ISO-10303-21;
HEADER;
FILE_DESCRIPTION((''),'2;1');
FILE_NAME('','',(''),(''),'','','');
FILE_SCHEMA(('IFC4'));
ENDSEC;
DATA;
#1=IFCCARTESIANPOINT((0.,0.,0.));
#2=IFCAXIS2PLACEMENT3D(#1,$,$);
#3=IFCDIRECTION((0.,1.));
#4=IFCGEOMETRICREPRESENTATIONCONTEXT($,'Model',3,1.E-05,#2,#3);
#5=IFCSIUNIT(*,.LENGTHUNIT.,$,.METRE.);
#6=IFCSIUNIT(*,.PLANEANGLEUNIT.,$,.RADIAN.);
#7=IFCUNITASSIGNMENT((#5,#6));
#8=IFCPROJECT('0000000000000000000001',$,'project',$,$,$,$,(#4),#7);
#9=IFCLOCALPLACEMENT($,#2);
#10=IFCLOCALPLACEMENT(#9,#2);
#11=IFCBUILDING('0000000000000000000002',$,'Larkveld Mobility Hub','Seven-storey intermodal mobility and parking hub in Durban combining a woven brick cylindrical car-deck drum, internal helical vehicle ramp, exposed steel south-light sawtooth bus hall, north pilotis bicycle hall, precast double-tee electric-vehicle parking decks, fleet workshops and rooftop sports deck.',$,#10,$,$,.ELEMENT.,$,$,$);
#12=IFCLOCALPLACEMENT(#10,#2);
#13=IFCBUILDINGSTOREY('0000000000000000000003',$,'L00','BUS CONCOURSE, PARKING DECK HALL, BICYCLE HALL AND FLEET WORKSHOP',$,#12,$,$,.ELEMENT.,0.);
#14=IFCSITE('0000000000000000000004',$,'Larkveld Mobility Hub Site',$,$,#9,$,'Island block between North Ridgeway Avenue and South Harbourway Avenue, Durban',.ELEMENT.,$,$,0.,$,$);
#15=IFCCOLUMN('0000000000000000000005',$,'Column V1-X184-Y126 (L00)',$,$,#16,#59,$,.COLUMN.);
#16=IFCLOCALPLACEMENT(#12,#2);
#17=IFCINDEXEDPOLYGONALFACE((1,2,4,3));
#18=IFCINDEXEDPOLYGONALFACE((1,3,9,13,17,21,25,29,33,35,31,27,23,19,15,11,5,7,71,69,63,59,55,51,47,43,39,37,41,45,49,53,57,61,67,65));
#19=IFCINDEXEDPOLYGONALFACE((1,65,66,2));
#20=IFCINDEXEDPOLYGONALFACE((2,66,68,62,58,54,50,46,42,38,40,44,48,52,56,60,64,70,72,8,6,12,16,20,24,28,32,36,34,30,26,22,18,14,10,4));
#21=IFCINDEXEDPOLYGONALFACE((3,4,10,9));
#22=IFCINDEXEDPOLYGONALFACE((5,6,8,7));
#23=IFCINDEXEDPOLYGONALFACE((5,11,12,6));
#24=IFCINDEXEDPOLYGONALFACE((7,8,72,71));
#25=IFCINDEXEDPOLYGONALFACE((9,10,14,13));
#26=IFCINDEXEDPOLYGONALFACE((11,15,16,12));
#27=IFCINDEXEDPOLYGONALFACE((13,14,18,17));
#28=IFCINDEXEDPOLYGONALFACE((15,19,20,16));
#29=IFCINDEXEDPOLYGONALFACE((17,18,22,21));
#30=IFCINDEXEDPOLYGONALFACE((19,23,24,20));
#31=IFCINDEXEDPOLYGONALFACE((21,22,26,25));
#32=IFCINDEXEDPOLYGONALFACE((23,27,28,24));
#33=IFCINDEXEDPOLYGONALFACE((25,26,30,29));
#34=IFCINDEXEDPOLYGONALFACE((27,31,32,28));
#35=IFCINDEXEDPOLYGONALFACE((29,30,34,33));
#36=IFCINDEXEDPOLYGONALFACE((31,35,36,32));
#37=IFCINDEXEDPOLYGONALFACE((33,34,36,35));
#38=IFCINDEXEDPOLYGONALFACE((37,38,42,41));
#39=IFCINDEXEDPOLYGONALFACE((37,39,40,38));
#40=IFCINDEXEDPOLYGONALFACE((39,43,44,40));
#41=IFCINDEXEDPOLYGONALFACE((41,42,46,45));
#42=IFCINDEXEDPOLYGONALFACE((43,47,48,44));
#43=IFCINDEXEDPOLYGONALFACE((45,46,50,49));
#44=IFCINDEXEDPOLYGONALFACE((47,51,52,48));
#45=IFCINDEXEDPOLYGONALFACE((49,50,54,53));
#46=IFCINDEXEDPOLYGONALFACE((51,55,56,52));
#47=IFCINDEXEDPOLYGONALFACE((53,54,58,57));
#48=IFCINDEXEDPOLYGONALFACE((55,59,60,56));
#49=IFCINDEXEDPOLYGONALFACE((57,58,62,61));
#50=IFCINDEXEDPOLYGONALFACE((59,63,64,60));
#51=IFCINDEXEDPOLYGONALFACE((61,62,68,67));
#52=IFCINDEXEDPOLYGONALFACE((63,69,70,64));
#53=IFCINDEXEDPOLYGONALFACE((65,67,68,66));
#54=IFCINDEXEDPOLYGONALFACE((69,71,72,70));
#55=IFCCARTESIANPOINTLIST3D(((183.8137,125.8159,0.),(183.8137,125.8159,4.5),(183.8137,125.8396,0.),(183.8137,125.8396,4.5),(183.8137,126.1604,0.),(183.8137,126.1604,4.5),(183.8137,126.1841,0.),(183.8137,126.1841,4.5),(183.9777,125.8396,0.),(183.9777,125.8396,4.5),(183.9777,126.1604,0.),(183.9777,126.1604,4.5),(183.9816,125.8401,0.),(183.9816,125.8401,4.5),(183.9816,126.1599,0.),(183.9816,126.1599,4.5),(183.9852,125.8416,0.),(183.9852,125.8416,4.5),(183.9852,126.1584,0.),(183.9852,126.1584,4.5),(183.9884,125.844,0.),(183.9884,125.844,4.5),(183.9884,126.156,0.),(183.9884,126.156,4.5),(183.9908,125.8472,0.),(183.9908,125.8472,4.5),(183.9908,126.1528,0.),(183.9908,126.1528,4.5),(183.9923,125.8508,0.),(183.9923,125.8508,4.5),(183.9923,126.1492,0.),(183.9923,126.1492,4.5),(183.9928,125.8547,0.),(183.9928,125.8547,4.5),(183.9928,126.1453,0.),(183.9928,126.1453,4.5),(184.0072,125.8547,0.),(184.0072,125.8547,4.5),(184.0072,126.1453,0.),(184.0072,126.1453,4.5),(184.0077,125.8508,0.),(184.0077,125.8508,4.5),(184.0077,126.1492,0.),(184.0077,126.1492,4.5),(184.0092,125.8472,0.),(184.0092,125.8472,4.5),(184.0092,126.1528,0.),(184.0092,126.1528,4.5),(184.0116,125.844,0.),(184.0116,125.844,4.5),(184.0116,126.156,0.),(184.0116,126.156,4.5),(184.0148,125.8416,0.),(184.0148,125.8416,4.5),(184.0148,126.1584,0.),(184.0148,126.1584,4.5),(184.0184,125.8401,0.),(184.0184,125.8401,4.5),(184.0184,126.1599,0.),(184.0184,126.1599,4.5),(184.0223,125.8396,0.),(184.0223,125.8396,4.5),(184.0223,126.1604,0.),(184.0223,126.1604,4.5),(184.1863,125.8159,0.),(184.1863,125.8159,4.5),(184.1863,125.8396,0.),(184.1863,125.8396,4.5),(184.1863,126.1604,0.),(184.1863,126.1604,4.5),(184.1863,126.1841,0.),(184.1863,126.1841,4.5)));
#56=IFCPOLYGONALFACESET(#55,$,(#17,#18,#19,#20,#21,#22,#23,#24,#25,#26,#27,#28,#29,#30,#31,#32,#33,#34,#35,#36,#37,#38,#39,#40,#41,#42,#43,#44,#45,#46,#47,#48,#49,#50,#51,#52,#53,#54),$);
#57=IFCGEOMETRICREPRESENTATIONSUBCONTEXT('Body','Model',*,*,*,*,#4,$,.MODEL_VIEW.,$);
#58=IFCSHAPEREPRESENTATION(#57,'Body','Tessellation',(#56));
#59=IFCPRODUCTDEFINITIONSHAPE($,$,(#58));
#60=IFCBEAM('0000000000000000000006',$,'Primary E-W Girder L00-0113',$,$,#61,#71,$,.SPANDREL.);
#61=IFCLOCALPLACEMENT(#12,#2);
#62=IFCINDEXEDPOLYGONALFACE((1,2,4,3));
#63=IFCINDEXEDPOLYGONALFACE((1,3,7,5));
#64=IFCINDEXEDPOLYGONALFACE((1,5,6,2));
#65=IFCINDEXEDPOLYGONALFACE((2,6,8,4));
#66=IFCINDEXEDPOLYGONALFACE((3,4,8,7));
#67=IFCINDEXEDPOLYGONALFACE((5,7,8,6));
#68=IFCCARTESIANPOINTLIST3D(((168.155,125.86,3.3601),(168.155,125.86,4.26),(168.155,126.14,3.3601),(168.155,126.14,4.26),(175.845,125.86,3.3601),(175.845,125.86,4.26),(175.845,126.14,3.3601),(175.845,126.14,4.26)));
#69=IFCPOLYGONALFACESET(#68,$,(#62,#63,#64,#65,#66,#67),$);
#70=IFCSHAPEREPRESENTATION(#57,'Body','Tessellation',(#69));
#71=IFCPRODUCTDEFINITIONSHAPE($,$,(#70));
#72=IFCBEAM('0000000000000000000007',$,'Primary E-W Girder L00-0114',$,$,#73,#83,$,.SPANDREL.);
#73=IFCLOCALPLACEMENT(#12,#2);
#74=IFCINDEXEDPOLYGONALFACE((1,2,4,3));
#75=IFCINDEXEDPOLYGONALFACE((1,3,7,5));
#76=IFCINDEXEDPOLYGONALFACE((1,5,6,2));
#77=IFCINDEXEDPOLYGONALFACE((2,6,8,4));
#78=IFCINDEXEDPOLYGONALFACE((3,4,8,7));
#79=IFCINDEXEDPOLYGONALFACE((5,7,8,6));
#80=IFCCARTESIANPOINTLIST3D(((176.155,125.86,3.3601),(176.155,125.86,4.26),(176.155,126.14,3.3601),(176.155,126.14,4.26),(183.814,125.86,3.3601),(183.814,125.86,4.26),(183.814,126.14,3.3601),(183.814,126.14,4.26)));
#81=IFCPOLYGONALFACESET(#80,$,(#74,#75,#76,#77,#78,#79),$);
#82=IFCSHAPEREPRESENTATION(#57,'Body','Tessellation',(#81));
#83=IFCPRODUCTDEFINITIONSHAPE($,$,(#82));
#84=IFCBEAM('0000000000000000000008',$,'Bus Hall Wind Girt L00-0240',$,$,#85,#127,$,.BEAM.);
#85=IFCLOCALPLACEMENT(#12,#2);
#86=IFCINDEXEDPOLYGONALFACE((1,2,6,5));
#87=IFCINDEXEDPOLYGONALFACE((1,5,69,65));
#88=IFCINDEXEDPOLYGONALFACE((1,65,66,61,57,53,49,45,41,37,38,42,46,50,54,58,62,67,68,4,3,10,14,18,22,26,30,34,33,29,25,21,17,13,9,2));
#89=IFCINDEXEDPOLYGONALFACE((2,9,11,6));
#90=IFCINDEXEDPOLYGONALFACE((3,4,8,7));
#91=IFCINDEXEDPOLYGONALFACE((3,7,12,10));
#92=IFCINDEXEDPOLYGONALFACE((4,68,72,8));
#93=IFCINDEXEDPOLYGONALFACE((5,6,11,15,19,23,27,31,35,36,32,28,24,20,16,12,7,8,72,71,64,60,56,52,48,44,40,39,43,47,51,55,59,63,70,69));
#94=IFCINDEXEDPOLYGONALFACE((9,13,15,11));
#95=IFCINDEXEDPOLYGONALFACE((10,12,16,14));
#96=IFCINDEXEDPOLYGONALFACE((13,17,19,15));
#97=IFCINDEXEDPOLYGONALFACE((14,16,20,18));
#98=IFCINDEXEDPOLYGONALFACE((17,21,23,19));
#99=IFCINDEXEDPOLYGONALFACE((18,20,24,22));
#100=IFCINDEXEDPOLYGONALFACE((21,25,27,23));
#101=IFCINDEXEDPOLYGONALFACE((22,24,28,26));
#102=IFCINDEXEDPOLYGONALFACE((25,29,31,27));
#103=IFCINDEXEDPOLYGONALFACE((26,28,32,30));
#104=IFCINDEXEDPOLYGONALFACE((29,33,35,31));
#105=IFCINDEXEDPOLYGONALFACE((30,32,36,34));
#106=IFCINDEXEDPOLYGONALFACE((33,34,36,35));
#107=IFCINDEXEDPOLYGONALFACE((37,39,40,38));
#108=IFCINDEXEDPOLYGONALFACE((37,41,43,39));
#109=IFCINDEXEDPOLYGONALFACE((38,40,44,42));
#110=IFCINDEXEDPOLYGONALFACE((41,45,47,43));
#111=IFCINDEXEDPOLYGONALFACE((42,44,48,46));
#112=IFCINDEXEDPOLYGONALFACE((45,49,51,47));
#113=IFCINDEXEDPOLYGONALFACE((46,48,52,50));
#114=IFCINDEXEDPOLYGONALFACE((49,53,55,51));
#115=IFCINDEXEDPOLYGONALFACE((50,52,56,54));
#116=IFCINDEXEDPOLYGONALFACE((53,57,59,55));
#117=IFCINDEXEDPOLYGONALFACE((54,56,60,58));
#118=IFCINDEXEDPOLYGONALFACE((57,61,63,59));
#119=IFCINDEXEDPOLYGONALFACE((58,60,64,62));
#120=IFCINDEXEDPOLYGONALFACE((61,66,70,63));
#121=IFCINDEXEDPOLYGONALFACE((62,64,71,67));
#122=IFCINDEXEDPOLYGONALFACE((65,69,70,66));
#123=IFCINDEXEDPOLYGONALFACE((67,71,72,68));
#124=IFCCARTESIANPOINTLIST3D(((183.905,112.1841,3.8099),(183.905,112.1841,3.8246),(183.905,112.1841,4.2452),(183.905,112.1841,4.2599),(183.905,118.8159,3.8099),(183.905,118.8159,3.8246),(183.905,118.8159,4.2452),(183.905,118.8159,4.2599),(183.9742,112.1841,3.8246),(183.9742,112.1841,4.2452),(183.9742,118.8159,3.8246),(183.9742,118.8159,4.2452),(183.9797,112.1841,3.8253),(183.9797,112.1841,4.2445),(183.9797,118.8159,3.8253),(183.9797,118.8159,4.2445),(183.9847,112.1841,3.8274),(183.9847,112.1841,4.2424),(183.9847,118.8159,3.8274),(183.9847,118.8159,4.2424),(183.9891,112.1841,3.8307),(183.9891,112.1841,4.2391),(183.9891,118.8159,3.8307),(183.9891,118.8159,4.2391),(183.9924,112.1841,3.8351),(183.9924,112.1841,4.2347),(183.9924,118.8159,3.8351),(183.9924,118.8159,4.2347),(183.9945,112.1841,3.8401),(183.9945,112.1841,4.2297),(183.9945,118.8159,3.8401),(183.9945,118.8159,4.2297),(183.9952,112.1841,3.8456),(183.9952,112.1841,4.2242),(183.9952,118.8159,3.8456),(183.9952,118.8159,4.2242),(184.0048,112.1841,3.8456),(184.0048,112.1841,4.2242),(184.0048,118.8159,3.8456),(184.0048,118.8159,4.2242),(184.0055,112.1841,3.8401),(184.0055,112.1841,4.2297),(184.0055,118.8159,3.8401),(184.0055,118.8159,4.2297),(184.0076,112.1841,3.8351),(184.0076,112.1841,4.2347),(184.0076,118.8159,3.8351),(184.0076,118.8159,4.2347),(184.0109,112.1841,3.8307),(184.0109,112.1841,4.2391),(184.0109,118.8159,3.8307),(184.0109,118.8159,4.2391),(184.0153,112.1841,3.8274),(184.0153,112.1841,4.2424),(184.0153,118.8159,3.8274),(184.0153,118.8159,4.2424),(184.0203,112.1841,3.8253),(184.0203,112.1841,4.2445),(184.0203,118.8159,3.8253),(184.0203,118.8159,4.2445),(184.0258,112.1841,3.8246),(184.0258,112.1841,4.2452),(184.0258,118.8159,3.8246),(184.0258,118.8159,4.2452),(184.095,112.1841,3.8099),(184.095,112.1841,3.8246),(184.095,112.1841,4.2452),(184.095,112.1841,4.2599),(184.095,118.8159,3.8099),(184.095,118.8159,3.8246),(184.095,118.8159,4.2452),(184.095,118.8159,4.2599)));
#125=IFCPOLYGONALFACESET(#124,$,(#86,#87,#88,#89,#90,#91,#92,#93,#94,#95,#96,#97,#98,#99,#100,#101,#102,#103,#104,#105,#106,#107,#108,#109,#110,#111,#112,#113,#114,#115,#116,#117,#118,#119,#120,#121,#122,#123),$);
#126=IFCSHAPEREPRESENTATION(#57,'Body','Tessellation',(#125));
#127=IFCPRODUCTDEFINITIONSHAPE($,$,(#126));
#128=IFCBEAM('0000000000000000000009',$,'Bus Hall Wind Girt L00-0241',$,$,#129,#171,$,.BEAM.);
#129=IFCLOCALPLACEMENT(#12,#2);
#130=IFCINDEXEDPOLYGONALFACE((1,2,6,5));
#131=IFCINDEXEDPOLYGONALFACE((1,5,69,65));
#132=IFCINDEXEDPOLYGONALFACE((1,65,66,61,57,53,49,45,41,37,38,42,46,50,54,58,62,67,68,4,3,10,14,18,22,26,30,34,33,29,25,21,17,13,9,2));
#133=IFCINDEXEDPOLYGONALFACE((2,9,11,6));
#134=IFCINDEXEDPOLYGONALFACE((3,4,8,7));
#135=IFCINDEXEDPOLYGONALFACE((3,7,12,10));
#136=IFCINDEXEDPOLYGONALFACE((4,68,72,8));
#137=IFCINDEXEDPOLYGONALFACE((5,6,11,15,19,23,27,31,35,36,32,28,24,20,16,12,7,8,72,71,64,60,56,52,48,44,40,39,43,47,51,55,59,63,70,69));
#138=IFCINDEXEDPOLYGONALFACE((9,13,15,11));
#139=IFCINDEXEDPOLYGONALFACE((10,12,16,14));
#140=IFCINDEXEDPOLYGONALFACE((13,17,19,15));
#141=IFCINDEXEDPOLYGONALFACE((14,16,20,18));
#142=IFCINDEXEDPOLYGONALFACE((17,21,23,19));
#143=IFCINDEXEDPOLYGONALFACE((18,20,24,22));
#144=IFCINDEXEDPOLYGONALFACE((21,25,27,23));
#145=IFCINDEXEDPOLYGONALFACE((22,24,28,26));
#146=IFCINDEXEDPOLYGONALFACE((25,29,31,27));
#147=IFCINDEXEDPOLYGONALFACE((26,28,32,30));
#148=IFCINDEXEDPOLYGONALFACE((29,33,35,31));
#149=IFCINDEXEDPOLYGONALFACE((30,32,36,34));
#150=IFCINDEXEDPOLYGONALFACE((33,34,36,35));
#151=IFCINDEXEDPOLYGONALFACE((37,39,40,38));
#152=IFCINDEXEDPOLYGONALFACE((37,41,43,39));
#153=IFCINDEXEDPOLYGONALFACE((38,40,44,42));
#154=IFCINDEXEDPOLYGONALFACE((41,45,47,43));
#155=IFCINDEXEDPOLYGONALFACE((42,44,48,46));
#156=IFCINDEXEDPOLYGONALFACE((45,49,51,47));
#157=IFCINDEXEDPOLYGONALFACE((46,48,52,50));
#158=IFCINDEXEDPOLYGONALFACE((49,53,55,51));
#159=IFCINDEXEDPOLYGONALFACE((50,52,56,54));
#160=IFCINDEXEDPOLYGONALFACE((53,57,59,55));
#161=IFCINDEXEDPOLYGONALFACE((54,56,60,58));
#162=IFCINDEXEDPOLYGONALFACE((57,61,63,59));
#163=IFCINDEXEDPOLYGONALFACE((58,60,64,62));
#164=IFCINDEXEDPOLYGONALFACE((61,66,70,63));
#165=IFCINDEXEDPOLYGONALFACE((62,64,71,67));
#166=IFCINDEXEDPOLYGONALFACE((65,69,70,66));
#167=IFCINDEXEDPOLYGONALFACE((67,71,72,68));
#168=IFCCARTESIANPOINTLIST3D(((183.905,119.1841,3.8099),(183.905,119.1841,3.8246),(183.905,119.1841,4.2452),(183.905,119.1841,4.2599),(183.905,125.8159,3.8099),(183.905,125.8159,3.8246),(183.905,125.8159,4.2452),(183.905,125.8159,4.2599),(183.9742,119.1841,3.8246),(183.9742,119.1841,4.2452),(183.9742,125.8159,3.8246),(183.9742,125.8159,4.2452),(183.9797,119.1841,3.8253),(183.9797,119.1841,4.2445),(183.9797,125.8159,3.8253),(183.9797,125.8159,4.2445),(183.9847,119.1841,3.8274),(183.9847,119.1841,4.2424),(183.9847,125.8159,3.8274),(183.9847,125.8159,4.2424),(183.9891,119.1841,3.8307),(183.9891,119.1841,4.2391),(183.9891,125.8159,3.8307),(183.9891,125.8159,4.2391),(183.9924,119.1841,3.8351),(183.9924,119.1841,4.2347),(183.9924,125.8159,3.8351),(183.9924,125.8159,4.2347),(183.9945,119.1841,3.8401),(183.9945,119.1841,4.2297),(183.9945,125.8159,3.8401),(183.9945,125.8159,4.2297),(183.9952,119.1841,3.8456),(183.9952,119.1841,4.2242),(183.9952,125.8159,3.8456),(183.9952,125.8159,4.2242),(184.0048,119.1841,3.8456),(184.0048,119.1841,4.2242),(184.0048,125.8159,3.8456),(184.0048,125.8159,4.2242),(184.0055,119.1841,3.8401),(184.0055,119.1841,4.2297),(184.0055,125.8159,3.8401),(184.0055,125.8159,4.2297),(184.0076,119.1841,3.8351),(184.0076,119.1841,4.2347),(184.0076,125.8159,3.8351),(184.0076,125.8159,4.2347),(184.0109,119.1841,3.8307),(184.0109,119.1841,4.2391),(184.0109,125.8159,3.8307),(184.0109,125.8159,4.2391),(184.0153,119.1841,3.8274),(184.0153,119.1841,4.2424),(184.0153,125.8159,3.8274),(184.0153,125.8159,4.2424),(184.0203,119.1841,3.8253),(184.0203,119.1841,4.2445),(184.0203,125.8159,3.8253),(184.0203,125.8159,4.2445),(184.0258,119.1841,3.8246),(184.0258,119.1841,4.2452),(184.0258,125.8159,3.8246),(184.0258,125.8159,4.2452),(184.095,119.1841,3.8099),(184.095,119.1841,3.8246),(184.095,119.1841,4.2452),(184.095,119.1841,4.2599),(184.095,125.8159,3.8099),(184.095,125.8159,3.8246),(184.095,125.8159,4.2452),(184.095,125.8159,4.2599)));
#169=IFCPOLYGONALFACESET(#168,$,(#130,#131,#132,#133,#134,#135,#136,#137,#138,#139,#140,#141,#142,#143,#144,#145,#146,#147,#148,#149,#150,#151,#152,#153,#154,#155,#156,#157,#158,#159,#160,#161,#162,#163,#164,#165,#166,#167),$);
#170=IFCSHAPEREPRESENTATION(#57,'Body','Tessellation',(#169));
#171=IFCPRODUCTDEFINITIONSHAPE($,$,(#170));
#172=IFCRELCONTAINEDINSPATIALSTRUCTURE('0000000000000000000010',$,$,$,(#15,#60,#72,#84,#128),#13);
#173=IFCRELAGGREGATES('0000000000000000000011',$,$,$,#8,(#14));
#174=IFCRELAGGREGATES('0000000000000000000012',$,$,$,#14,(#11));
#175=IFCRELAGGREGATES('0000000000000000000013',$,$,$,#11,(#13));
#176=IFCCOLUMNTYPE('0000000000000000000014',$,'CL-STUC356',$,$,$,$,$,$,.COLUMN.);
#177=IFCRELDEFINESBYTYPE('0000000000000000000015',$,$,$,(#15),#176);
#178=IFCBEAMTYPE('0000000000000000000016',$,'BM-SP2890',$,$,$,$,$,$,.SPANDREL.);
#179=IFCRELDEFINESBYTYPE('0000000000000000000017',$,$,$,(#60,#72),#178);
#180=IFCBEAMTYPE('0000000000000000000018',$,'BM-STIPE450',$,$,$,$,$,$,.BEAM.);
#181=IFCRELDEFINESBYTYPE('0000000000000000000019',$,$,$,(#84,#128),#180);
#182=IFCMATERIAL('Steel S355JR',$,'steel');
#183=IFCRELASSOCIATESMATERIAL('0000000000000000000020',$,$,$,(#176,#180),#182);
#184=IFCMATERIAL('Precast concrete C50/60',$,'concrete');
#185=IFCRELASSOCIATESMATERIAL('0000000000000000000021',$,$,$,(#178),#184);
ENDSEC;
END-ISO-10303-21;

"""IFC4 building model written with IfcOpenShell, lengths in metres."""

from ifc_helpers import new_model, si_unit, direction, frame, origin, origin_2d, place, context, subcontext, project, spatial, rectangle, i_section, extrude, material, material_profile, profile_set, type_object, element, save


model = new_model("IFC4")

# Units and contexts
model_context = context("Model", 3, precision=1e-05, world=origin(), true_north=direction((0.0, 1.0)))
body_context = subcontext(model_context, "Body", "Model", "MODEL_VIEW")
ifc_project = project(units=[si_unit("LENGTHUNIT", "METRE"), si_unit("PLANEANGLEUNIT", "RADIAN")], contexts=[model_context])

# Site, building, storey
site_placement = place(None, origin())
site = spatial("IfcSite", under=ifc_project, at=site_placement, Name="Larkveld Mobility Hub Site", LongName="Island block between North Ridgeway Avenue and South Harbourway Avenue, Durban", CompositionType="ELEMENT", RefElevation=0.0)
building_placement = place(site_placement, origin())
building = spatial("IfcBuilding", under=site, at=building_placement, Name="Larkveld Mobility Hub", Description="Seven-storey intermodal mobility and parking hub in Durban combining a woven brick cylindrical car-deck drum, internal helical vehicle ramp, exposed steel south-light sawtooth bus hall, north pilotis bicycle hall, precast double-tee electric-vehicle parking decks, fleet workshops and rooftop sports deck.", CompositionType="ELEMENT")
storey_placement = place(building_placement, origin())
storey = spatial("IfcBuildingStorey", under=building, at=storey_placement, Name="L00", Description="BUS CONCOURSE, PARKING DECK HALL, BICYCLE HALL AND FLEET WORKSHOP", CompositionType="ELEMENT", Elevation=0.0)

# Column
ifc_material_1 = material(Name="Steel S355JR", Category="steel")
ifc_material_profile_1 = material_profile(ifc_material_1, i_section(OverallWidth=0.3726, OverallDepth=0.3682, WebThickness=0.0144, FlangeThickness=0.0237, FilletRadius=0.0151, at=origin_2d()), Name="UC 356x368x177")
ifc_profile_set_1 = profile_set([ifc_material_profile_1], Name="Steel S355JR")
column_type_1 = type_object("IfcColumnType", Name="CL-STUC356", PredefinedType="COLUMN", material=ifc_profile_set_1)
for number, where, z_axis, x_axis, name in (
    (1, (184.0, 126.0, 0.0), (0.0, 0.0, 1.0), (1.0, 0.0, 0.0), "Column V1-X184-Y126 (L00)"),
):
    element("IfcColumn", number, at=place(storey_placement, frame(where, z_axis=z_axis, x_axis=x_axis)), inside=storey, type_object=column_type_1, Name=name, PredefinedType="COLUMN", context=body_context, shape_type="SweptSolid", body=[
        extrude(i_section(OverallWidth=0.3726, OverallDepth=0.3682, WebThickness=0.0144, FlangeThickness=0.0237, FilletRadius=0.0151, at=origin_2d()), origin(), (0.0, 0.0, 1.0), 4.5),
    ])

# Beams
ifc_material_2 = material(Name="Precast concrete C50/60", Category="concrete")
ifc_material_profile_2 = material_profile(ifc_material_2, rectangle(XDim=0.28, YDim=0.8999, at=origin_2d()), Name="PC SP 280x900")
ifc_profile_set_2 = profile_set([ifc_material_profile_2], Name="Precast concrete C50/60")
beam_type_1 = type_object("IfcBeamType", Name="BM-SP2890", PredefinedType="SPANDREL", material=ifc_profile_set_2)
beam_1_placement = place(storey_placement, frame((168.155, 126.0, 3.8101), z_axis=(1.0, 0.0, 0.0), x_axis=(0.0, 1.0, 0.0)))
element("IfcBeam", 2, at=beam_1_placement, inside=storey, type_object=beam_type_1, Name="Primary E-W Girder L00-0113", PredefinedType="SPANDREL", context=body_context, shape_type="SweptSolid", body=[
    extrude(rectangle(XDim=0.28, YDim=0.8999, at=origin_2d()), origin(), (0.0, 0.0, 1.0), 7.6899),
])
beam_2_placement = place(storey_placement, frame((176.155, 126.0, 3.8101), z_axis=(1.0, 0.0, 0.0), x_axis=(0.0, 1.0, 0.0)))
element("IfcBeam", 3, at=beam_2_placement, inside=storey, type_object=beam_type_1, Name="Primary E-W Girder L00-0114", PredefinedType="SPANDREL", context=body_context, shape_type="SweptSolid", body=[
    extrude(rectangle(XDim=0.28, YDim=0.8999, at=origin_2d()), origin(), (0.0, 0.0, 1.0), 7.6589),
])
ifc_material_profile_3 = material_profile(ifc_material_1, i_section(OverallWidth=0.1899, OverallDepth=0.45, WebThickness=0.0095, FlangeThickness=0.0146, FilletRadius=0.021, at=origin_2d()), Name="IPE 450")
ifc_profile_set_3 = profile_set([ifc_material_profile_3], Name="Steel S355JR")
beam_type_2 = type_object("IfcBeamType", Name="BM-STIPE450", PredefinedType="BEAM", material=ifc_profile_set_3)
for number, where, z_axis, x_axis, name in (
    (4, (184.0, 112.1841, 4.0349), (0.0, 1.0, 0.0), (-1.0, 0.0, 0.0), "Bus Hall Wind Girt L00-0240"),
    (5, (184.0, 119.1841, 4.0349), (0.0, 1.0, 0.0), (-1.0, 0.0, 0.0), "Bus Hall Wind Girt L00-0241"),
):
    element("IfcBeam", number, at=place(storey_placement, frame(where, z_axis=z_axis, x_axis=x_axis)), inside=storey, type_object=beam_type_2, Name=name, PredefinedType="BEAM", context=body_context, shape_type="SweptSolid", body=[
        extrude(i_section(OverallWidth=0.1899, OverallDepth=0.45, WebThickness=0.0095, FlangeThickness=0.0146, FilletRadius=0.021, at=origin_2d()), origin(), (0.0, 0.0, 1.0), 6.6318),
    ])

save(model, "model.ifc")
